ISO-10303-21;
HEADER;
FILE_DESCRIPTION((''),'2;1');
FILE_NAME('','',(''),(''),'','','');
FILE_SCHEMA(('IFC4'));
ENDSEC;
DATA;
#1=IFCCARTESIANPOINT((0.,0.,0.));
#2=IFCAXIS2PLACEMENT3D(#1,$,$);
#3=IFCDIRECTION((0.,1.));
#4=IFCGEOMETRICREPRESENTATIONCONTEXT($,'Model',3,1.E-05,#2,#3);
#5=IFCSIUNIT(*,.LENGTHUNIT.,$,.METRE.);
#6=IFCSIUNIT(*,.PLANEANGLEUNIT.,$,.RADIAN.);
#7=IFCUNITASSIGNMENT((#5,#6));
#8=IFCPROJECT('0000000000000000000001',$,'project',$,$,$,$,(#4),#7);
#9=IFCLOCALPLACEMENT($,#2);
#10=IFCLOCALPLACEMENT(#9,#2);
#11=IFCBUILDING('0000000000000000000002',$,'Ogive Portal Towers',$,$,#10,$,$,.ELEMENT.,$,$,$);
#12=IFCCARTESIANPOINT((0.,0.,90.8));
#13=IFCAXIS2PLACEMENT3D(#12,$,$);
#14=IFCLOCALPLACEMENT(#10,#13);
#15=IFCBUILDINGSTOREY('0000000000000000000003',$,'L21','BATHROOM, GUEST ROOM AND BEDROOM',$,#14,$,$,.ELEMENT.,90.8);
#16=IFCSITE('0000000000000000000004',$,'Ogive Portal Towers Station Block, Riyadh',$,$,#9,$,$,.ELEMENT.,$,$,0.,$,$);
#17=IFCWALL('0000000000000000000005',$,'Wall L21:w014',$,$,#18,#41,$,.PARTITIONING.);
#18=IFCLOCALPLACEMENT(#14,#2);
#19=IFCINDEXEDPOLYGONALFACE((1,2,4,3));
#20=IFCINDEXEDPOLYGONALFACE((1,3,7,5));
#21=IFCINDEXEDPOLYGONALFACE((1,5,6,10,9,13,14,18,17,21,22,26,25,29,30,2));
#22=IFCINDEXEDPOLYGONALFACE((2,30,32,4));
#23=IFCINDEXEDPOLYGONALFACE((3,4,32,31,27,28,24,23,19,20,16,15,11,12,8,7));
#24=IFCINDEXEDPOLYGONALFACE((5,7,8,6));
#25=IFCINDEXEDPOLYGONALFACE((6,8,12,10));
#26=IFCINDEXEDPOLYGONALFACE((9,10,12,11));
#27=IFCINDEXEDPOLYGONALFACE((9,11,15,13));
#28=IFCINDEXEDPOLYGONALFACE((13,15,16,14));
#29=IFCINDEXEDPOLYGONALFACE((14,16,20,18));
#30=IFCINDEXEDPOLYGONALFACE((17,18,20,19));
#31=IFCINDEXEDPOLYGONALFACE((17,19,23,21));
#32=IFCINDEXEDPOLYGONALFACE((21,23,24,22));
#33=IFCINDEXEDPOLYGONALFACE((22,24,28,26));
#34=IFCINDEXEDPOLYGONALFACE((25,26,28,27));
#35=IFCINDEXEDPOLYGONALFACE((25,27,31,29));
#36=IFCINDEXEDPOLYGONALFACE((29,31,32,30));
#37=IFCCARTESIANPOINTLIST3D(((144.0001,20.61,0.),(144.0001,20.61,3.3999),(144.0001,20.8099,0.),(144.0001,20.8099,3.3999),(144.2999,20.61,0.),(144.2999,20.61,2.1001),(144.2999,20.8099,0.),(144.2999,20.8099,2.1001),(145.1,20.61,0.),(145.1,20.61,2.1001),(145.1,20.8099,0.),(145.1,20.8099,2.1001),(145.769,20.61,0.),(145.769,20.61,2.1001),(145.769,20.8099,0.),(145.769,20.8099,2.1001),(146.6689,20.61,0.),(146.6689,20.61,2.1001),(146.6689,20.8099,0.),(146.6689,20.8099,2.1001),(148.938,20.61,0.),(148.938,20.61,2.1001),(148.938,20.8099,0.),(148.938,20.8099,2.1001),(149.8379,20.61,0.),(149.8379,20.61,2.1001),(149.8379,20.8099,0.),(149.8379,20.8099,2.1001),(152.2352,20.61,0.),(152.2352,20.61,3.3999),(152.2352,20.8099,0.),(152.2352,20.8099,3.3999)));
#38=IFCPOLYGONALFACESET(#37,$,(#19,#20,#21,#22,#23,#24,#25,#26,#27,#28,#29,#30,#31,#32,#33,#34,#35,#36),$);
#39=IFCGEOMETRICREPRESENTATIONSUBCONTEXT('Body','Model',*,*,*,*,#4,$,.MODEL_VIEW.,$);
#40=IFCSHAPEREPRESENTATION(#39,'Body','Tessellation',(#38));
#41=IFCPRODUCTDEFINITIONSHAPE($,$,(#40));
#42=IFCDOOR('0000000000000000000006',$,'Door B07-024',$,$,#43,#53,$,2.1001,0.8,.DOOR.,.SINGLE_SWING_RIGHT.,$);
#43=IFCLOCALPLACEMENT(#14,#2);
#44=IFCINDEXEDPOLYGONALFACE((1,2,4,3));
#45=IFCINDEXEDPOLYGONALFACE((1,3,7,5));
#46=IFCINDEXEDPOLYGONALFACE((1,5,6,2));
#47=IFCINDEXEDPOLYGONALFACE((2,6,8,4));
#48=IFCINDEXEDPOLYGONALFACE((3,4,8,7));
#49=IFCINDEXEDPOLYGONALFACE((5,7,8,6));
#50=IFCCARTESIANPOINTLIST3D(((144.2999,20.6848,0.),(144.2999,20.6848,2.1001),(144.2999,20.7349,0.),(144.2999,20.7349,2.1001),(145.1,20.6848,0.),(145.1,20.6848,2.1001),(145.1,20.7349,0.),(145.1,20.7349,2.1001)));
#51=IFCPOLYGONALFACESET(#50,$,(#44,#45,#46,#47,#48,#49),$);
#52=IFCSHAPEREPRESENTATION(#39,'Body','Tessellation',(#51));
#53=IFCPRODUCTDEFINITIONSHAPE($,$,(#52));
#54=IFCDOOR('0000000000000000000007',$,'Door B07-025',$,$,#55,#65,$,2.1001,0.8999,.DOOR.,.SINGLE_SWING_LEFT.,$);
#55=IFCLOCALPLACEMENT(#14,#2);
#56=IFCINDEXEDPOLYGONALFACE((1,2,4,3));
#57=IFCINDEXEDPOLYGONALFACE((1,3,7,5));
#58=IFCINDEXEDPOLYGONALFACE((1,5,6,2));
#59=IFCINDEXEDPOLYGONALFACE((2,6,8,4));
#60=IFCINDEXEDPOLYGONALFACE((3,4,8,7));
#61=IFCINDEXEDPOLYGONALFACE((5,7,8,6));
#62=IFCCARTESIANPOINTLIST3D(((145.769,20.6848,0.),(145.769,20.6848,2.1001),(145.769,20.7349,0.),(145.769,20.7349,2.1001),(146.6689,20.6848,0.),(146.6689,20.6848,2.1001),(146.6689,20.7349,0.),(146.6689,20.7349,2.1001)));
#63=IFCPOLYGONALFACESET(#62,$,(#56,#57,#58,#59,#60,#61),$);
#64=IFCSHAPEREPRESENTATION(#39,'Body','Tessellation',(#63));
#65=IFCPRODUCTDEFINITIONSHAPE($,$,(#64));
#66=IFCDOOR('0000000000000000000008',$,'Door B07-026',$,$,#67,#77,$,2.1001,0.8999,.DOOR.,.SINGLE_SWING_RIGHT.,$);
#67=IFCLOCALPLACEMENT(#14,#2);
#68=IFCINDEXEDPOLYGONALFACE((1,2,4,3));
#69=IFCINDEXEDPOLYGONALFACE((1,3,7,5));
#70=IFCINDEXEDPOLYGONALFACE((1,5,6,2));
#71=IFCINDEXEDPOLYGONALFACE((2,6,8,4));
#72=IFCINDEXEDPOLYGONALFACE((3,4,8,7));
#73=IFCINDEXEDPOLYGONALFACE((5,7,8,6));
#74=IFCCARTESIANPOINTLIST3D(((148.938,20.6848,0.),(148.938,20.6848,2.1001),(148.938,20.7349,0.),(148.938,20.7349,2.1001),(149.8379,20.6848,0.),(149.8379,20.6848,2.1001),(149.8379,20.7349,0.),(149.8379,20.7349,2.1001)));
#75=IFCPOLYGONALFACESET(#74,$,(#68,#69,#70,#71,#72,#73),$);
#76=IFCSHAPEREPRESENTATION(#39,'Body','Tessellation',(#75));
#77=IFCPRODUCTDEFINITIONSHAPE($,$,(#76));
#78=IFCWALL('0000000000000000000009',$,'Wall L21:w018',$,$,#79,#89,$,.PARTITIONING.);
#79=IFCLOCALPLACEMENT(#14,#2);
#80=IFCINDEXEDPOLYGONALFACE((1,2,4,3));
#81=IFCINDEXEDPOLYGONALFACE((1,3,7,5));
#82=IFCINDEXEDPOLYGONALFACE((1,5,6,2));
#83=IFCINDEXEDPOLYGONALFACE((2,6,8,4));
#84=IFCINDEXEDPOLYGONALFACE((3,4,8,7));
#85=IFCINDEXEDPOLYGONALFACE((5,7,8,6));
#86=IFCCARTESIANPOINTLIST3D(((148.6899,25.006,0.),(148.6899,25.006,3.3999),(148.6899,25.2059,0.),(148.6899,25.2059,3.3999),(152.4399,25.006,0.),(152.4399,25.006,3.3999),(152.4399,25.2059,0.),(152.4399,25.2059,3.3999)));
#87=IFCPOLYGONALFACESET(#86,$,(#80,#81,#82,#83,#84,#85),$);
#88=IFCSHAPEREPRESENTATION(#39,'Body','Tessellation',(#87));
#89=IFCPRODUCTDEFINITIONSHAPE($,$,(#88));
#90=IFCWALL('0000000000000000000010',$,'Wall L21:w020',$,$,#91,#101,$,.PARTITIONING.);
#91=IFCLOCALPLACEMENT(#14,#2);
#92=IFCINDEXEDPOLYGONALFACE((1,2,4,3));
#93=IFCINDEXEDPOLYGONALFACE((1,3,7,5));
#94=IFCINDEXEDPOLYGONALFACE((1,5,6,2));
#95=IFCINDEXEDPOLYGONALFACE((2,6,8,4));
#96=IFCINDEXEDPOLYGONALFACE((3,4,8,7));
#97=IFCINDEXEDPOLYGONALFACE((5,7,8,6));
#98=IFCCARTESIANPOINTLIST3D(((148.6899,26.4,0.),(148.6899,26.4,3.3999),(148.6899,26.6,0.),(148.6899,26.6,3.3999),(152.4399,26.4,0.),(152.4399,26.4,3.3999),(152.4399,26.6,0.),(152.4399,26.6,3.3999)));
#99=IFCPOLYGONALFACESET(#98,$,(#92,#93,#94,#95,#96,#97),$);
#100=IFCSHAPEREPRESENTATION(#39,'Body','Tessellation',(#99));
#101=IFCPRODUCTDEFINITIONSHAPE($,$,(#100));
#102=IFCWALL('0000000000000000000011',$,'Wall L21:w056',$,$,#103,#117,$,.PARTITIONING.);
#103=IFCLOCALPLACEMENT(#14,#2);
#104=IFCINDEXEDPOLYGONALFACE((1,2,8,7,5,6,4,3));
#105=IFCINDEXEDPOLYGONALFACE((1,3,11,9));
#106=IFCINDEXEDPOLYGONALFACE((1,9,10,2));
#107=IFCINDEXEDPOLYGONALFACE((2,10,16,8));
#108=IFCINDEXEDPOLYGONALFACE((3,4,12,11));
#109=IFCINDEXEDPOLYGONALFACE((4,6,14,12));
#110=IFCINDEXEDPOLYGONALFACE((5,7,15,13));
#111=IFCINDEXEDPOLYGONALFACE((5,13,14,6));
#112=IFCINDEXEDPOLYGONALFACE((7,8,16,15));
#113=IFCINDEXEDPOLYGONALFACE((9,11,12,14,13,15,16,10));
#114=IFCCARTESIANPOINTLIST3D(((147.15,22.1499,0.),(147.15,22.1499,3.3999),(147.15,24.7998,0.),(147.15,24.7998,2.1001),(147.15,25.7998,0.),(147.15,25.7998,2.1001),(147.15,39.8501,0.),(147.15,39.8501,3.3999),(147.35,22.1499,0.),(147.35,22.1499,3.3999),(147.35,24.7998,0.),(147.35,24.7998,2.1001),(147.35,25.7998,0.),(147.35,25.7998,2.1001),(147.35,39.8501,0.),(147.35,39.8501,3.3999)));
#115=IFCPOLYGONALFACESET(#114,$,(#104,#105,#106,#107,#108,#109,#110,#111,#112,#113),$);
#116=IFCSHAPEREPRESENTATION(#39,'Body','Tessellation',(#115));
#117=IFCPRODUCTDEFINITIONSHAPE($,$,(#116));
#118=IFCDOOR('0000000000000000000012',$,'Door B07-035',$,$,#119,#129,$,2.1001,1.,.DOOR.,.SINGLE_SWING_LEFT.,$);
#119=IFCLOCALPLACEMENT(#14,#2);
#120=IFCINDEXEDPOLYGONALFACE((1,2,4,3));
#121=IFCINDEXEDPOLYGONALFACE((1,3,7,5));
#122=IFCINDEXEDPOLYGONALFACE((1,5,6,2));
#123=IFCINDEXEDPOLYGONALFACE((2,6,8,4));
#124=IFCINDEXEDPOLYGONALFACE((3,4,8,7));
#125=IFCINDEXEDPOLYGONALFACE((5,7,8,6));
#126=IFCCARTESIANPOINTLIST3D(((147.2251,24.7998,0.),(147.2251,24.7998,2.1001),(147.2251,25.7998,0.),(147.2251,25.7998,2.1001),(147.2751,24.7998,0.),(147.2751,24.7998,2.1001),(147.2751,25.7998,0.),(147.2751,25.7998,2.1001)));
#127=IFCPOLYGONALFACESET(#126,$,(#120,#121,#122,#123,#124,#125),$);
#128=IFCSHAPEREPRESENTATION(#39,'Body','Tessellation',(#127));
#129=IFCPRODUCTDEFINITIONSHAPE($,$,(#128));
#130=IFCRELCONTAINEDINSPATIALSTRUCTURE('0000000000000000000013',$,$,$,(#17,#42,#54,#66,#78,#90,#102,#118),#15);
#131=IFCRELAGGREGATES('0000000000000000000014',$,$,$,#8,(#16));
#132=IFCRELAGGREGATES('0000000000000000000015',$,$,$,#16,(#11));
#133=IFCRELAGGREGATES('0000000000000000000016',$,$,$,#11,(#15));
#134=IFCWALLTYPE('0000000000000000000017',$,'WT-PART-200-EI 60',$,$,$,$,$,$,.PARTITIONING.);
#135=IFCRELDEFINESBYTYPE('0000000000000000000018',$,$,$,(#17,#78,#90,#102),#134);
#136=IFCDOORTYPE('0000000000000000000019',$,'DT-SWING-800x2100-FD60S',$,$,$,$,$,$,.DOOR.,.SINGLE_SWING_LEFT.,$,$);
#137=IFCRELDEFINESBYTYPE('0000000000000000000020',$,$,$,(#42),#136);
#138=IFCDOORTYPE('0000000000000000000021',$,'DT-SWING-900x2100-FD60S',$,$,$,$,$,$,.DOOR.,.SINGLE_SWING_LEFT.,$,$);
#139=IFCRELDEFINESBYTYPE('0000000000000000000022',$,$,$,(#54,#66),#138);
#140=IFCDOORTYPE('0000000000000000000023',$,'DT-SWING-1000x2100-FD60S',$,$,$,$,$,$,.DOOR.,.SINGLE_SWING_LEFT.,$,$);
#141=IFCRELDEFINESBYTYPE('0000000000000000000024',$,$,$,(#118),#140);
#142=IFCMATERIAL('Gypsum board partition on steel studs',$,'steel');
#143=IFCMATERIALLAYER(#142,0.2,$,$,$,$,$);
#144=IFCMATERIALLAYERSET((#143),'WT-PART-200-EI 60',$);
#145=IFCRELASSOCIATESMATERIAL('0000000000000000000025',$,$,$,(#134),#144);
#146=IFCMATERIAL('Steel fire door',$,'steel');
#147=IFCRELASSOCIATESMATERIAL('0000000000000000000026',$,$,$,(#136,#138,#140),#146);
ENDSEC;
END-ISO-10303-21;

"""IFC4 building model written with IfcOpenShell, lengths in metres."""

from ifc_helpers import new_model, si_unit, direction, frame, frame_2d, origin, place, context, subcontext, project, spatial, rectangle, extrude, material, layer, layer_set, type_object, element, fill, save


model = new_model("IFC4")

# Units and contexts
model_context = context("Model", 3, precision=1e-05, world=origin(), true_north=direction((0.0, 1.0)))
body_context = subcontext(model_context, "Body", "Model", "MODEL_VIEW")
ifc_project = project(units=[si_unit("LENGTHUNIT", "METRE"), si_unit("PLANEANGLEUNIT", "RADIAN")], contexts=[model_context])

# Site, building, storey
site_placement = place(None, origin())
site = spatial("IfcSite", under=ifc_project, at=site_placement, Name="Ogive Portal Towers Station Block, Riyadh", CompositionType="ELEMENT", RefElevation=0.0)
building_placement = place(site_placement, origin())
building = spatial("IfcBuilding", under=site, at=building_placement, Name="Ogive Portal Towers", CompositionType="ELEMENT")
storey_placement = place(building_placement, frame((0.0, 0.0, 90.8)))
storey = spatial("IfcBuildingStorey", under=building, at=storey_placement, Name="L21", Description="BATHROOM, GUEST ROOM AND BEDROOM", CompositionType="ELEMENT", Elevation=90.8)

# Wall, openings, doors
ifc_material_1 = material(Name="Gypsum board partition on steel studs", Category="steel")
ifc_layer_1 = layer(ifc_material_1, 0.2)
ifc_layer_set_1 = layer_set([ifc_layer_1], Name="WT-PART-200-EI 60")
wall_type_1 = type_object("IfcWallType", Name="WT-PART-200-EI 60", PredefinedType="PARTITIONING", material=ifc_layer_set_1)
wall_1_placement = place(storey_placement, frame((144.0, 20.71, 0.0), z_axis=(0.0, 0.0, 1.0), x_axis=(1.0, 0.0, 0.0)))
wall_1 = element("IfcWall", 1, at=wall_1_placement, inside=storey, type_object=wall_type_1, Name="Wall L21:w014", PredefinedType="PARTITIONING", context=body_context, shape_type="SweptSolid", body=[
    extrude(rectangle(XDim=8.2351, YDim=0.2, at=frame_2d((4.1177, 0.0))), origin(), (0.0, 0.0, 1.0), 3.3999),
])
opening_1_placement = place(wall_1_placement, frame((0.3, 0.0, 0.0)))
opening_1 = element("IfcOpeningElement", 2, at=opening_1_placement, cuts=wall_1, PredefinedType="OPENING", context=body_context, shape_type="SweptSolid", body=[
    extrude(rectangle(XDim=0.8, YDim=2.1001, at=frame_2d((0.3999, 1.05))), frame((0.0, 0.1099, 0.0), z_axis=(0.0, -1.0, 0.0), x_axis=(1.0, 0.0, 0.0)), (0.0, 0.0, 1.0), 0.22),
])
opening_2_placement = place(wall_1_placement, frame((1.769, 0.0, 0.0)))
opening_2 = element("IfcOpeningElement", 3, at=opening_2_placement, cuts=wall_1, PredefinedType="OPENING", context=body_context, shape_type="SweptSolid", body=[
    extrude(rectangle(XDim=0.8999, YDim=2.1001, at=frame_2d((0.45, 1.05))), frame((0.0, 0.1099, 0.0), z_axis=(0.0, -1.0, 0.0), x_axis=(1.0, 0.0, 0.0)), (0.0, 0.0, 1.0), 0.22),
])
opening_3_placement = place(wall_1_placement, frame((4.938, 0.0, 0.0)))
opening_3 = element("IfcOpeningElement", 4, at=opening_3_placement, cuts=wall_1, PredefinedType="OPENING", context=body_context, shape_type="SweptSolid", body=[
    extrude(rectangle(XDim=0.8999, YDim=2.1001, at=frame_2d((0.45, 1.05))), frame((0.0, 0.1099, 0.0), z_axis=(0.0, -1.0, 0.0), x_axis=(1.0, 0.0, 0.0)), (0.0, 0.0, 1.0), 0.22),
])
ifc_material_2 = material(Name="Steel fire door", Category="steel")
door_type_1 = type_object("IfcDoorType", Name="DT-SWING-800x2100-FD60S", OperationType="SINGLE_SWING_LEFT", PredefinedType="DOOR", material=ifc_material_2)
door_1_placement = place(opening_1_placement, origin())
door_1 = element("IfcDoor", 5, at=door_1_placement, inside=storey, type_object=door_type_1, Name="Door B07-024", OperationType="SINGLE_SWING_RIGHT", OverallHeight=2.1001, OverallWidth=0.8, PredefinedType="DOOR", context=body_context, shape_type="SweptSolid", body=[
    extrude(rectangle(XDim=0.8, YDim=2.1001, at=frame_2d((0.3999, 1.05))), frame((0.0, 0.0249, 0.0), z_axis=(0.0, -1.0, 0.0), x_axis=(1.0, 0.0, 0.0)), (0.0, 0.0, 1.0), 0.05),
])
fill(opening_1, door_1)
door_type_2 = type_object("IfcDoorType", Name="DT-SWING-900x2100-FD60S", OperationType="SINGLE_SWING_LEFT", PredefinedType="DOOR", material=ifc_material_2)
door_2_placement = place(opening_2_placement, origin())
door_2 = element("IfcDoor", 6, at=door_2_placement, inside=storey, type_object=door_type_2, Name="Door B07-025", OperationType="SINGLE_SWING_LEFT", OverallHeight=2.1001, OverallWidth=0.8999, PredefinedType="DOOR", context=body_context, shape_type="SweptSolid", body=[
    extrude(rectangle(XDim=0.8999, YDim=2.1001, at=frame_2d((0.45, 1.05))), frame((0.0, 0.0249, 0.0), z_axis=(0.0, -1.0, 0.0), x_axis=(1.0, 0.0, 0.0)), (0.0, 0.0, 1.0), 0.05),
])
fill(opening_2, door_2)
door_3_placement = place(opening_3_placement, origin())
door_3 = element("IfcDoor", 7, at=door_3_placement, inside=storey, type_object=door_type_2, Name="Door B07-026", OperationType="SINGLE_SWING_RIGHT", OverallHeight=2.1001, OverallWidth=0.8999, PredefinedType="DOOR", context=body_context, shape_type="SweptSolid", body=[
    extrude(rectangle(XDim=0.8999, YDim=2.1001, at=frame_2d((0.45, 1.05))), frame((0.0, 0.0249, 0.0), z_axis=(0.0, -1.0, 0.0), x_axis=(1.0, 0.0, 0.0)), (0.0, 0.0, 1.0), 0.05),
])
fill(opening_3, door_3)

# Walls
for number, where, z_axis, x_axis, name in (
    (8, (148.6899, 25.106, 0.0), (0.0, 0.0, 1.0), (1.0, 0.0, 0.0), "Wall L21:w018"),
    (9, (148.6899, 26.5, 0.0), (0.0, 0.0, 1.0), (1.0, 0.0, 0.0), "Wall L21:w020"),
):
    element("IfcWall", number, at=place(storey_placement, frame(where, z_axis=z_axis, x_axis=x_axis)), inside=storey, type_object=wall_type_1, Name=name, PredefinedType="PARTITIONING", context=body_context, shape_type="SweptSolid", body=[
        extrude(rectangle(XDim=3.75, YDim=0.2, at=frame_2d((1.875, 0.0))), origin(), (0.0, 0.0, 1.0), 3.3999),
    ])

# Wall, opening, door
wall_2_placement = place(storey_placement, frame((147.25, 22.1499, 0.0), z_axis=(0.0, 0.0, 1.0), x_axis=(0.0, 1.0, 0.0)))
wall_2 = element("IfcWall", 10, at=wall_2_placement, inside=storey, type_object=wall_type_1, Name="Wall L21:w056", PredefinedType="PARTITIONING", context=body_context, shape_type="SweptSolid", body=[
    extrude(rectangle(XDim=17.7002, YDim=0.2, at=frame_2d((8.8501, 0.0))), origin(), (0.0, 0.0, 1.0), 3.3999),
])
opening_4_placement = place(wall_2_placement, frame((2.6499, 0.0, 0.0)))
opening_4 = element("IfcOpeningElement", 11, at=opening_4_placement, cuts=wall_2, PredefinedType="OPENING", context=body_context, shape_type="SweptSolid", body=[
    extrude(rectangle(XDim=1.0, YDim=2.1001, at=frame_2d((0.5, 1.05))), frame((0.0, 0.1099, 0.0), z_axis=(0.0, -1.0, 0.0), x_axis=(1.0, 0.0, 0.0)), (0.0, 0.0, 1.0), 0.22),
])
door_type_3 = type_object("IfcDoorType", Name="DT-SWING-1000x2100-FD60S", OperationType="SINGLE_SWING_LEFT", PredefinedType="DOOR", material=ifc_material_2)
door_4_placement = place(opening_4_placement, origin())
door_4 = element("IfcDoor", 12, at=door_4_placement, inside=storey, type_object=door_type_3, Name="Door B07-035", OperationType="SINGLE_SWING_LEFT", OverallHeight=2.1001, OverallWidth=1.0, PredefinedType="DOOR", context=body_context, shape_type="SweptSolid", body=[
    extrude(rectangle(XDim=1.0, YDim=2.1001, at=frame_2d((0.5, 1.05))), frame((0.0, 0.0249, 0.0), z_axis=(0.0, -1.0, 0.0), x_axis=(1.0, 0.0, 0.0)), (0.0, 0.0, 1.0), 0.05),
])
fill(opening_4, door_4)

save(model, "model.ifc")
